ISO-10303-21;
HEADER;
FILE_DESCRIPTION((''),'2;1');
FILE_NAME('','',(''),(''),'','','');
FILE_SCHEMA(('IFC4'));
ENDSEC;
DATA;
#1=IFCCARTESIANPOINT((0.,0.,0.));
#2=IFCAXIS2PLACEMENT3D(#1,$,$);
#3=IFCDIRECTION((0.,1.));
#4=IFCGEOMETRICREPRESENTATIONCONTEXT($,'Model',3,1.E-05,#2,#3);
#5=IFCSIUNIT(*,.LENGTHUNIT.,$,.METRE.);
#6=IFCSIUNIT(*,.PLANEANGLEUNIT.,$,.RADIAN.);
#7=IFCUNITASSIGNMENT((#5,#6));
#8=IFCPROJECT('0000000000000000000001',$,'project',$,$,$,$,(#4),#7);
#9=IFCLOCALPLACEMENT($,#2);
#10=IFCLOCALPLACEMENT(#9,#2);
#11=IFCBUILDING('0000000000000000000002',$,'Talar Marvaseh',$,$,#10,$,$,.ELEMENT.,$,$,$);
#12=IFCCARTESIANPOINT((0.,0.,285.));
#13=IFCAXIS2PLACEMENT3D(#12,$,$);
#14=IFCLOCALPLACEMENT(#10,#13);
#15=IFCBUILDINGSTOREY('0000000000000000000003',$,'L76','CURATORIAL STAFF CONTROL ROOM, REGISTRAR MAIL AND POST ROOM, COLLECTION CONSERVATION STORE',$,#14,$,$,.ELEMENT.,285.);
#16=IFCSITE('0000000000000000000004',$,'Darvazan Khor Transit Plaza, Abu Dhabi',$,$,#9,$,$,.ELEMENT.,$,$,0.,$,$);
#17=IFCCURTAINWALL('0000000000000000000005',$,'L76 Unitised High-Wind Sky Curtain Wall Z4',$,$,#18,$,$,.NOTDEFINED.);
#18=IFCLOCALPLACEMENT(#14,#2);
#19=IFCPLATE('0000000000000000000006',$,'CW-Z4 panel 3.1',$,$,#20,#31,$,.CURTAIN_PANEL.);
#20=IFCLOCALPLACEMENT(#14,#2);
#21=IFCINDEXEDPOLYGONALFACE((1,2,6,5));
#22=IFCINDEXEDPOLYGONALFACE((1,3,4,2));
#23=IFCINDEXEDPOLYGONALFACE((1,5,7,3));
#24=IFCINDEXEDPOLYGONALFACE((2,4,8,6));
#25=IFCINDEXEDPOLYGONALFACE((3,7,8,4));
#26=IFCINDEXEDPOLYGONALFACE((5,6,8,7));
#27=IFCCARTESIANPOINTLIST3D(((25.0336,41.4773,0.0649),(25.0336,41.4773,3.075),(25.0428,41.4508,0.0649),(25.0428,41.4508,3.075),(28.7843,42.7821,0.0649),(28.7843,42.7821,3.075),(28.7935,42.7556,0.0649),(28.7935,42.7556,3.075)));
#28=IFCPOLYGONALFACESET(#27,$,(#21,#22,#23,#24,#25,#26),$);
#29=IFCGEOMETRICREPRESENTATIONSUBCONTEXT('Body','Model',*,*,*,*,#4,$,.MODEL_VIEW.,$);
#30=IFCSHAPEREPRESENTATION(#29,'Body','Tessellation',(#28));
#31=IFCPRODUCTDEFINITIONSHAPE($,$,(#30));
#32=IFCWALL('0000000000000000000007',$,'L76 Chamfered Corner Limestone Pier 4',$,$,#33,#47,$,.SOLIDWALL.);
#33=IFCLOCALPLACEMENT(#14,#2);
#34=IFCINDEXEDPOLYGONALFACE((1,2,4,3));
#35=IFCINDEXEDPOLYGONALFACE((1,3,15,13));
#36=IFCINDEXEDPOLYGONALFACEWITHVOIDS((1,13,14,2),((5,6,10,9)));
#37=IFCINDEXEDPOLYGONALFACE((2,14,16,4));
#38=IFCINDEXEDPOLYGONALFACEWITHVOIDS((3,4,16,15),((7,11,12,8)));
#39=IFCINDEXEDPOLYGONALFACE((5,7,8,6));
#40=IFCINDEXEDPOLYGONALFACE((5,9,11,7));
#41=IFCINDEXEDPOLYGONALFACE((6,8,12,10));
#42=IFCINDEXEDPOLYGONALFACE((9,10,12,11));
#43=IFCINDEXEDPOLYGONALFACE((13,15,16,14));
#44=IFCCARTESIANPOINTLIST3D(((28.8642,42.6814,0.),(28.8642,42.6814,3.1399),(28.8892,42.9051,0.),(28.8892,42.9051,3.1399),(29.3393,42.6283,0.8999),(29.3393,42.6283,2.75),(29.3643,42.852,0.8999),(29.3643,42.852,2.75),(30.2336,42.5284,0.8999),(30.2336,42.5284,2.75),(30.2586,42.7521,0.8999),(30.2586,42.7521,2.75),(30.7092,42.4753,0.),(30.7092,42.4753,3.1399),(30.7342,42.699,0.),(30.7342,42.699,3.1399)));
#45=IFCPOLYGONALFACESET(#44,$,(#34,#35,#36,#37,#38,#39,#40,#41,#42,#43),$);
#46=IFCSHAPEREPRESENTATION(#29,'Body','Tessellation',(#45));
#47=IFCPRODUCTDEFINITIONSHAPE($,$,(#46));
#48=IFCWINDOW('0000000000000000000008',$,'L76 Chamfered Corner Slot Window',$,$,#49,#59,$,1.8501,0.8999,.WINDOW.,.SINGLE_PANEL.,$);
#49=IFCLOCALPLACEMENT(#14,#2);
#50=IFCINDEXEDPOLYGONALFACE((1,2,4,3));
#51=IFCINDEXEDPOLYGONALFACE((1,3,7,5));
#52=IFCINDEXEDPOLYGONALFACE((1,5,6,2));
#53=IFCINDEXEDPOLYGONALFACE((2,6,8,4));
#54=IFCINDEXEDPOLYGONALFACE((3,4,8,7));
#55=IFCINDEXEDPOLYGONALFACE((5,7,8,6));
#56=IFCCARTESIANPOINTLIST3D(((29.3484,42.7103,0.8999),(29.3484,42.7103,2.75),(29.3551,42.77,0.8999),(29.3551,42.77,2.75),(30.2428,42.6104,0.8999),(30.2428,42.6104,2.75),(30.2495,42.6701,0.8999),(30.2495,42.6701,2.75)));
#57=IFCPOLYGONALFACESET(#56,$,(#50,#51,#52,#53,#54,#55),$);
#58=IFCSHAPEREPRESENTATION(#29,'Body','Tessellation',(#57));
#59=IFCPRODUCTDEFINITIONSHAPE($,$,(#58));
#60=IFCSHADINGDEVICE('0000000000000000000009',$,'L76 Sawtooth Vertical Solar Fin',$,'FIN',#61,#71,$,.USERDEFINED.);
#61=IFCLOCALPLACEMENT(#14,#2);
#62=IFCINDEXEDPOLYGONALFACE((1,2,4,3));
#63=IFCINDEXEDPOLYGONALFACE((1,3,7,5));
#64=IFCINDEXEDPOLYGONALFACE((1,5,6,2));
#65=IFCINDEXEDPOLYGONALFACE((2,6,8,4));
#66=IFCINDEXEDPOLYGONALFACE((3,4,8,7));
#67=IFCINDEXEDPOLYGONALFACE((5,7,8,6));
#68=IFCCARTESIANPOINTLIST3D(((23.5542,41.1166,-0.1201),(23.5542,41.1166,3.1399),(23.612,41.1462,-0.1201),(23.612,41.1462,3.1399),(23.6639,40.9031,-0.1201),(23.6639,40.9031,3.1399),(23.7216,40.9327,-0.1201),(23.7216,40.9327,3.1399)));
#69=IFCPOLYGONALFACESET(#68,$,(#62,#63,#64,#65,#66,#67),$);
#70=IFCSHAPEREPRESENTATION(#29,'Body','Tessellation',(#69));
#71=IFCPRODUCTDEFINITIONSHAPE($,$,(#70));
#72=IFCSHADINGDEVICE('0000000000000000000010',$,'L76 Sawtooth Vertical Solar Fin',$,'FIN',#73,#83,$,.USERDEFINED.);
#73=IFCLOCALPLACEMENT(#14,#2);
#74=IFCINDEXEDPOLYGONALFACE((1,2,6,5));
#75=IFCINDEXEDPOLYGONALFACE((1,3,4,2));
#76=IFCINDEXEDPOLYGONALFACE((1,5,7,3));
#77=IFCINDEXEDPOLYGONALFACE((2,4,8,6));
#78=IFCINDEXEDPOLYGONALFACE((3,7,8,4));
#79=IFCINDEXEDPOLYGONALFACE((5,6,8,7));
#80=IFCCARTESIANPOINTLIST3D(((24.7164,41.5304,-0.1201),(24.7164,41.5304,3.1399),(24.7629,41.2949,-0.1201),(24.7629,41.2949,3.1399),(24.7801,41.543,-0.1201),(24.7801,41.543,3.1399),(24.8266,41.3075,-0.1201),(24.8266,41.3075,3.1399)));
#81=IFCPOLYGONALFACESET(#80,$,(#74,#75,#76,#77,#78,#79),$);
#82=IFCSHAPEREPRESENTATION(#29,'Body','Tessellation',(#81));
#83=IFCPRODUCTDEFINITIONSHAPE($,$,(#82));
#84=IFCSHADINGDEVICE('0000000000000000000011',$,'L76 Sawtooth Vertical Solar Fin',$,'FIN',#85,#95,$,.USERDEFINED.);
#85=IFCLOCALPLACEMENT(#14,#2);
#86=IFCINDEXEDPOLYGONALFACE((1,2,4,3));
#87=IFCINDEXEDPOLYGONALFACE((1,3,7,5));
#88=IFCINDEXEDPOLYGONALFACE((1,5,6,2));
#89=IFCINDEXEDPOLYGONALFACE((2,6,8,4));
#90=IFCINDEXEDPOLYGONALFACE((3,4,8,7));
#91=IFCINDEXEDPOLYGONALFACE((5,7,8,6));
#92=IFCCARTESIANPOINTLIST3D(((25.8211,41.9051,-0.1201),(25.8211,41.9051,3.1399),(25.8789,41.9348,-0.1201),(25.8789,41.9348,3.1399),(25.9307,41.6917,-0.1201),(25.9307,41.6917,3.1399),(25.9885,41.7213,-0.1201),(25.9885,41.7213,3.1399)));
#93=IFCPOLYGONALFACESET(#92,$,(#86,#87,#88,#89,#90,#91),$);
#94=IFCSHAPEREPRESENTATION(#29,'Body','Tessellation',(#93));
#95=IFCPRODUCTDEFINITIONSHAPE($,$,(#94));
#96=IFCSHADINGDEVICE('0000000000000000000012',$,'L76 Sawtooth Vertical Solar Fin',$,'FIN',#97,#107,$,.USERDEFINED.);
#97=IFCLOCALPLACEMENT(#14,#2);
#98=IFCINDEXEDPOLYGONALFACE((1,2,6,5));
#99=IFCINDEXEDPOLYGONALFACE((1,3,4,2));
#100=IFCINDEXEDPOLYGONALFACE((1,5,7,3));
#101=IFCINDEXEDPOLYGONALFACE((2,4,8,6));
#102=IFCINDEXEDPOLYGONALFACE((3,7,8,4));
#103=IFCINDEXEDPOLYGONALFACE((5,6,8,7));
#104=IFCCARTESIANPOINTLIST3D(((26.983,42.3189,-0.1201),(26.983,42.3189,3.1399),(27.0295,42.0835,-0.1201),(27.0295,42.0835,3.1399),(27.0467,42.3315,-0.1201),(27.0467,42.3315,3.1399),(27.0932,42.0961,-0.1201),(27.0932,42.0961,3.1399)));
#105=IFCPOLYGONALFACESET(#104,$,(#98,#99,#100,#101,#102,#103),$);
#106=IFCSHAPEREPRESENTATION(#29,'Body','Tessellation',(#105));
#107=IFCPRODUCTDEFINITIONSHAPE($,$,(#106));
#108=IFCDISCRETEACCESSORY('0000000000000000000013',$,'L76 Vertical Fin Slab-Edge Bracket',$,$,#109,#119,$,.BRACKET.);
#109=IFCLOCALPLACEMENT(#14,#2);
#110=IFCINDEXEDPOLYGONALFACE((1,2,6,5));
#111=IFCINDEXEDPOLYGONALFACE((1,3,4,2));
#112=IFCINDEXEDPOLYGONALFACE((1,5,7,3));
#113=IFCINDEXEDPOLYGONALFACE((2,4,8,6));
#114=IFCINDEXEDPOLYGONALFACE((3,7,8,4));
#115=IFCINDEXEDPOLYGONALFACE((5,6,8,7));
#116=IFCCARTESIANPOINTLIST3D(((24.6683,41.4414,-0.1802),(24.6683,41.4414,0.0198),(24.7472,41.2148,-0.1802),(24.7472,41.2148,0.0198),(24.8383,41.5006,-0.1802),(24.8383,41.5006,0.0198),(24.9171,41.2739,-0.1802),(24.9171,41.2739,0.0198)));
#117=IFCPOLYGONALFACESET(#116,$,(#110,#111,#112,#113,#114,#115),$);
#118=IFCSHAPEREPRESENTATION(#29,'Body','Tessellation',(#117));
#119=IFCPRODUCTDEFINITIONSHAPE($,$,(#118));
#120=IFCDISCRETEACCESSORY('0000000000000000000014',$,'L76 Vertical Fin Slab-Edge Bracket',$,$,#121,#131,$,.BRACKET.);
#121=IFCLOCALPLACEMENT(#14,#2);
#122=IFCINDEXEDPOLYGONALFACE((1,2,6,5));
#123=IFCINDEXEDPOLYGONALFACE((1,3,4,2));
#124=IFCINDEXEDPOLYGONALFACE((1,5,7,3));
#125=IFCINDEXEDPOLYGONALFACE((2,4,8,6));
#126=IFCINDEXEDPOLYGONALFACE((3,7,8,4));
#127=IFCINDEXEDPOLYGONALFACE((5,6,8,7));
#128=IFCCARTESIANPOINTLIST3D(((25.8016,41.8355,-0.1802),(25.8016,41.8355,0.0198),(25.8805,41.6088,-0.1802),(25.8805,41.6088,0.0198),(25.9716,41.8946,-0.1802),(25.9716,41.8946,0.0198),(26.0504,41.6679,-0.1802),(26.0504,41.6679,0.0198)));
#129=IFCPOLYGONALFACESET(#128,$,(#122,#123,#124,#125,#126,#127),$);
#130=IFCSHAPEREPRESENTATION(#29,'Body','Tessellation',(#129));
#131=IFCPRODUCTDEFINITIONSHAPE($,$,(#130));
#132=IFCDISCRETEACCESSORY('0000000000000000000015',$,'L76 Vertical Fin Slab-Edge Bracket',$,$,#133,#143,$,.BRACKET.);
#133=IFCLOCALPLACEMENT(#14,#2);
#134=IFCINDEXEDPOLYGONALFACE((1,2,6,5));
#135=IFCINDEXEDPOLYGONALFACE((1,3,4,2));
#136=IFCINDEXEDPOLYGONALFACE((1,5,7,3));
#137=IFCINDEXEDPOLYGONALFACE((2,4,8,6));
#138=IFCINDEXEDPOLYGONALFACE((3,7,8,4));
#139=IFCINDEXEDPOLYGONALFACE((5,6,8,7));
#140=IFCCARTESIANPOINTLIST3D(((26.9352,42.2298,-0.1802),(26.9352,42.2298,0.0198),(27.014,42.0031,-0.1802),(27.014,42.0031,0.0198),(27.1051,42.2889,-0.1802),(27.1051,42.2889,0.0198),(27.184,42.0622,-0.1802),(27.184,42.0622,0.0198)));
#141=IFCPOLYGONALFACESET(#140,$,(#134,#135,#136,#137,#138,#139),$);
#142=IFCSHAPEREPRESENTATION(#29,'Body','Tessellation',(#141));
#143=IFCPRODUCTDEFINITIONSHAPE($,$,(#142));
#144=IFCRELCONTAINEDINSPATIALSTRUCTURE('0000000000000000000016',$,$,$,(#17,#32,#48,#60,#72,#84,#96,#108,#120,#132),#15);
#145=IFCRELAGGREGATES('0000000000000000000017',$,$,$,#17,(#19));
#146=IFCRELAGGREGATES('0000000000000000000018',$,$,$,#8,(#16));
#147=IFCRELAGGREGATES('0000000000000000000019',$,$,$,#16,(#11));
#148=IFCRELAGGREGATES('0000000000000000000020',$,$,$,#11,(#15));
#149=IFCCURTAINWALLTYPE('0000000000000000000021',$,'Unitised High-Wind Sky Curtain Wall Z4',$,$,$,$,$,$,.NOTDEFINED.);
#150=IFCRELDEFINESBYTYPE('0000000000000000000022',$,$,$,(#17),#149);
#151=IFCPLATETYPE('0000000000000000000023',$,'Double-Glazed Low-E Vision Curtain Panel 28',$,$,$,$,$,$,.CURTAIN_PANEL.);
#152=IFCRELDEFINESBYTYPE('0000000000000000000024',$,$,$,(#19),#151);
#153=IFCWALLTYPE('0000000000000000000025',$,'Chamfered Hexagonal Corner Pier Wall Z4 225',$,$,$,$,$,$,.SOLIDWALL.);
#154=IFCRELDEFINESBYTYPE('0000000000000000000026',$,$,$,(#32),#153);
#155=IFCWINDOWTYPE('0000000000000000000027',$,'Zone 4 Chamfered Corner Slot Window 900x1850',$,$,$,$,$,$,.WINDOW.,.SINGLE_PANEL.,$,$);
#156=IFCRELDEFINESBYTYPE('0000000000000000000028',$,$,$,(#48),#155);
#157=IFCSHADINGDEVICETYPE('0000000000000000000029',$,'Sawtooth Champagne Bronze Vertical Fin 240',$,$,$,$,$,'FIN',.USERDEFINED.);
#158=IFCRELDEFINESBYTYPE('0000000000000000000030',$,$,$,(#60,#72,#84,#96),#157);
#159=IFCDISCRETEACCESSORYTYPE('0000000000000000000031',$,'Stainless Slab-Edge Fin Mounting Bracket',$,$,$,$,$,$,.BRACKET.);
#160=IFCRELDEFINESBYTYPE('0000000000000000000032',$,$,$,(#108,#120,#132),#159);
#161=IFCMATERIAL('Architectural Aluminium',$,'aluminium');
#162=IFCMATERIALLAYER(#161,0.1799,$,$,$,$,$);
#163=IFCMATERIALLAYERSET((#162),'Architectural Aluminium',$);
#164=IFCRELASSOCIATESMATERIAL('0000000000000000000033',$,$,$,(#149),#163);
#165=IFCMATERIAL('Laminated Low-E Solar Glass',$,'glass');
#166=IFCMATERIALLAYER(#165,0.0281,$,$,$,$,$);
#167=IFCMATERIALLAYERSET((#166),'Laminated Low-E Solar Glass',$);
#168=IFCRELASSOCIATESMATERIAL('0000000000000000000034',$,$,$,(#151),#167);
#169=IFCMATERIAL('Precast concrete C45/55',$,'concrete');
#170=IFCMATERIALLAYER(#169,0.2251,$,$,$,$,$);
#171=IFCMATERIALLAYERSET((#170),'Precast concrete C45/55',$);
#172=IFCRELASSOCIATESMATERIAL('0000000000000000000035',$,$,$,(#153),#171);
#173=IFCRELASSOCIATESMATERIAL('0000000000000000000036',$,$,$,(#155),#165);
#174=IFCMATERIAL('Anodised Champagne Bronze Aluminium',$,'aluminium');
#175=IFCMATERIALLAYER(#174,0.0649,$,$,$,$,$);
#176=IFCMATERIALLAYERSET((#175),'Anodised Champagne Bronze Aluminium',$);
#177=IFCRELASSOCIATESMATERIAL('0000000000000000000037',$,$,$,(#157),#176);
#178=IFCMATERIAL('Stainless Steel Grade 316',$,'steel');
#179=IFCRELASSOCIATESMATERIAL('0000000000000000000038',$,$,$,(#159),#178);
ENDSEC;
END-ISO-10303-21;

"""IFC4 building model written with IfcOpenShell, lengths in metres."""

from ifc_helpers import new_model, si_unit, direction, frame, frame_2d, origin, origin_2d, place, context, subcontext, project, spatial, rectangle, extrude, source, transform, mapped, material, layer, layer_set, type_object, type_shapes, element, fill, aggregate, save


model = new_model("IFC4")

# Units and contexts
model_context = context("Model", 3, precision=1e-05, world=origin(), true_north=direction((0.0, 1.0)))
body_context = subcontext(model_context, "Body", "Model", "MODEL_VIEW")
ifc_project = project(units=[si_unit("LENGTHUNIT", "METRE"), si_unit("PLANEANGLEUNIT", "RADIAN")], contexts=[model_context])

# Site, building, storey
site_placement = place(None, origin())
site = spatial("IfcSite", under=ifc_project, at=site_placement, Name="Darvazan Khor Transit Plaza, Abu Dhabi", CompositionType="ELEMENT", RefElevation=0.0)
building_placement = place(site_placement, origin())
building = spatial("IfcBuilding", under=site, at=building_placement, Name="Talar Marvaseh", CompositionType="ELEMENT")
storey_placement = place(building_placement, frame((0.0, 0.0, 285.0)))
storey = spatial("IfcBuildingStorey", under=building, at=storey_placement, Name="L76", Description="CURATORIAL STAFF CONTROL ROOM, REGISTRAR MAIL AND POST ROOM, COLLECTION CONSERVATION STORE", CompositionType="ELEMENT", Elevation=285.0)

# Curtain wall
ifc_material_1 = material(Name="Architectural Aluminium", Category="aluminium")
ifc_layer_1 = layer(ifc_material_1, 0.1799)
ifc_layer_set_1 = layer_set([ifc_layer_1], Name="Architectural Aluminium")
curtain_wall_type = type_object("IfcCurtainWallType", Name="Unitised High-Wind Sky Curtain Wall Z4", PredefinedType="NOTDEFINED", material=ifc_layer_set_1)
curtain_wall_1_placement = place(storey_placement, origin())
curtain_wall_1 = element("IfcCurtainWall", 1, at=curtain_wall_1_placement, inside=storey, type_object=curtain_wall_type, Name="L76 Unitised High-Wind Sky Curtain Wall Z4", PredefinedType="NOTDEFINED")

# Plate
ifc_material_2 = material(Name="Laminated Low-E Solar Glass", Category="glass")
ifc_layer_2 = layer(ifc_material_2, 0.0281)
ifc_layer_set_2 = layer_set([ifc_layer_2], Name="Laminated Low-E Solar Glass")
plate_type = type_object("IfcPlateType", Name="Double-Glazed Low-E Vision Curtain Panel 28", PredefinedType="CURTAIN_PANEL", material=ifc_layer_set_2)
shared_shape_1 = source(origin(), body_context, "Body", "SweptSolid", [
    extrude(rectangle(XDim=3.9712, YDim=0.0281, at=origin_2d()), origin(), (0.0, 0.0, 1.0), 3.01),
])
type_shapes(plate_type, [shared_shape_1])
plate_placement = place(storey_placement, frame((26.9136, 42.1165, 0.0649), z_axis=(0.0, 0.0, 1.0), x_axis=(0.94448, 0.328569, 0.0)))
plate = element("IfcPlate", 2, at=plate_placement, type_object=plate_type, Name="CW-Z4 panel 3.1", PredefinedType="CURTAIN_PANEL", context=body_context, shape_type="MappedRepresentation", body=[
    mapped(shared_shape_1, transform((0.0, 0.0, 0.0), x_axis=(1.0, 0.0, 0.0), y_axis=(0.0, 1.0, 0.0), z_axis=(0.0, 0.0, 1.0), scale=1.0)),
])
aggregate(curtain_wall_1, [plate])

# Wall, opening, window
ifc_material_3 = material(Name="Precast concrete C45/55", Category="concrete")
ifc_layer_3 = layer(ifc_material_3, 0.2251)
ifc_layer_set_3 = layer_set([ifc_layer_3], Name="Precast concrete C45/55")
wall_type = type_object("IfcWallType", Name="Chamfered Hexagonal Corner Pier Wall Z4 225", PredefinedType="SOLIDWALL", material=ifc_layer_set_3)
wall_placement = place(storey_placement, frame((28.8767, 42.7932, 0.0), z_axis=(0.0, 0.0, 1.0), x_axis=(0.993821, -0.110994, 0.0)))
wall = element("IfcWall", 3, at=wall_placement, inside=storey, type_object=wall_type, Name="L76 Chamfered Corner Limestone Pier 4", PredefinedType="SOLIDWALL", context=body_context, shape_type="SweptSolid", body=[
    extrude(rectangle(XDim=1.8564, YDim=0.2251, at=frame_2d((0.9282, 0.0))), origin(), (0.0, 0.0, 1.0), 3.1399),
])
opening_placement = place(wall_placement, frame((0.478, 0.0, 0.8999)))
opening = element("IfcOpeningElement", 4, at=opening_placement, cuts=wall, PredefinedType="OPENING", context=body_context, shape_type="SweptSolid", body=[
    extrude(rectangle(XDim=0.8999, YDim=1.8501, at=frame_2d((0.45, 0.925))), frame((0.0, 0.1226, 0.0), z_axis=(0.0, -1.0, 0.0), x_axis=(1.0, 0.0, 0.0)), (0.0, 0.0, 1.0), 0.2451),
])
window_type = type_object("IfcWindowType", Name="Zone 4 Chamfered Corner Slot Window 900x1850", PartitioningType="SINGLE_PANEL", PredefinedType="WINDOW", material=ifc_material_2)
shared_shape_2 = source(origin(), body_context, "Body", "SweptSolid", [
    extrude(rectangle(XDim=0.8999, YDim=1.8501, at=frame_2d((0.45, 0.925))), frame((0.0, 0.03, 0.0), z_axis=(0.0, -1.0, 0.0), x_axis=(1.0, 0.0, 0.0)), (0.0, 0.0, 1.0), 0.0601),
])
type_shapes(window_type, [shared_shape_2])
window_placement = place(opening_placement, origin())
window = element("IfcWindow", 5, at=window_placement, inside=storey, type_object=window_type, Name="L76 Chamfered Corner Slot Window", OverallHeight=1.8501, OverallWidth=0.8999, PartitioningType="SINGLE_PANEL", PredefinedType="WINDOW", context=body_context, shape_type="MappedRepresentation", body=[
    mapped(shared_shape_2, transform((0.0, 0.0, 0.0), x_axis=(1.0, 0.0, 0.0), y_axis=(0.0, 1.0, 0.0), z_axis=(0.0, 0.0, 1.0), scale=1.0)),
])
fill(opening, window)

# Shading devices
ifc_material_4 = material(Name="Anodised Champagne Bronze Aluminium", Category="aluminium")
ifc_layer_4 = layer(ifc_material_4, 0.0649)
ifc_layer_set_4 = layer_set([ifc_layer_4], Name="Anodised Champagne Bronze Aluminium")
shading_device_type = type_object("IfcShadingDeviceType", Name="Sawtooth Champagne Bronze Vertical Fin 240", ElementType="FIN", PredefinedType="USERDEFINED", material=ifc_layer_set_4)
shared_shape_3 = source(origin(), body_context, "Body", "SweptSolid", [
    extrude(rectangle(XDim=0.24, YDim=0.0649, at=origin_2d()), origin(), (0.0, 0.0, 1.0), 3.26),
])
type_shapes(shading_device_type, [shared_shape_3])
for number, where, z_axis, x_axis, name in (
    (6, (23.6379, 41.0247, -0.1201), (0.0, 0.0, 1.0), (-0.456787, 0.889576, 0.0), "L76 Sawtooth Vertical Solar Fin"),
    (7, (24.7715, 41.4189, -0.1201), (0.0, 0.0, 1.0), (-0.193892, 0.981023, 0.0), "L76 Sawtooth Vertical Solar Fin"),
    (8, (25.9048, 41.8132, -0.1201), (0.0, 0.0, 1.0), (-0.456787, 0.889576, 0.0), "L76 Sawtooth Vertical Solar Fin"),
    (9, (27.0381, 42.2075, -0.1201), (0.0, 0.0, 1.0), (-0.193892, 0.981023, 0.0), "L76 Sawtooth Vertical Solar Fin"),
):
    element("IfcShadingDevice", number, at=place(storey_placement, frame(where, z_axis=z_axis, x_axis=x_axis)), inside=storey, type_object=shading_device_type, Name=name, ObjectType="FIN", PredefinedType="USERDEFINED", context=body_context, shape_type="MappedRepresentation", body=[
        mapped(shared_shape_3, transform((0.0, 0.0, 0.0), x_axis=(1.0, 0.0, 0.0), y_axis=(0.0, 1.0, 0.0), z_axis=(0.0, 0.0, 1.0), scale=1.0)),
    ])

# Discrete accessories
ifc_material_5 = material(Name="Stainless Steel Grade 316", Category="steel")
discrete_accessory_type = type_object("IfcDiscreteAccessoryType", Name="Stainless Slab-Edge Fin Mounting Bracket", PredefinedType="BRACKET", material=ifc_material_5)
shared_shape_4 = source(origin(), body_context, "Body", "SweptSolid", [
    extrude(rectangle(XDim=0.24, YDim=0.1799, at=origin_2d()), origin(), (0.0, 0.0, 1.0), 0.2),
])
type_shapes(discrete_accessory_type, [shared_shape_4])
for number, where, z_axis, x_axis, name in (
    (10, (24.7927, 41.3577, -0.1802), (0.0, 0.0, 1.0), (-0.328537, 0.944491, 0.0), "L76 Vertical Fin Slab-Edge Bracket"),
    (11, (25.926, 41.7517, -0.1802), (0.0, 0.0, 1.0), (-0.328537, 0.944491, 0.0), "L76 Vertical Fin Slab-Edge Bracket"),
    (12, (27.0596, 42.146, -0.1802), (0.0, 0.0, 1.0), (-0.328537, 0.944491, 0.0), "L76 Vertical Fin Slab-Edge Bracket"),
):
    element("IfcDiscreteAccessory", number, at=place(storey_placement, frame(where, z_axis=z_axis, x_axis=x_axis)), inside=storey, type_object=discrete_accessory_type, Name=name, PredefinedType="BRACKET", context=body_context, shape_type="MappedRepresentation", body=[
        mapped(shared_shape_4, transform((0.0, 0.0, 0.0), x_axis=(1.0, 0.0, 0.0), y_axis=(0.0, 1.0, 0.0), z_axis=(0.0, 0.0, 1.0), scale=1.0)),
    ])

save(model, "model.ifc")
